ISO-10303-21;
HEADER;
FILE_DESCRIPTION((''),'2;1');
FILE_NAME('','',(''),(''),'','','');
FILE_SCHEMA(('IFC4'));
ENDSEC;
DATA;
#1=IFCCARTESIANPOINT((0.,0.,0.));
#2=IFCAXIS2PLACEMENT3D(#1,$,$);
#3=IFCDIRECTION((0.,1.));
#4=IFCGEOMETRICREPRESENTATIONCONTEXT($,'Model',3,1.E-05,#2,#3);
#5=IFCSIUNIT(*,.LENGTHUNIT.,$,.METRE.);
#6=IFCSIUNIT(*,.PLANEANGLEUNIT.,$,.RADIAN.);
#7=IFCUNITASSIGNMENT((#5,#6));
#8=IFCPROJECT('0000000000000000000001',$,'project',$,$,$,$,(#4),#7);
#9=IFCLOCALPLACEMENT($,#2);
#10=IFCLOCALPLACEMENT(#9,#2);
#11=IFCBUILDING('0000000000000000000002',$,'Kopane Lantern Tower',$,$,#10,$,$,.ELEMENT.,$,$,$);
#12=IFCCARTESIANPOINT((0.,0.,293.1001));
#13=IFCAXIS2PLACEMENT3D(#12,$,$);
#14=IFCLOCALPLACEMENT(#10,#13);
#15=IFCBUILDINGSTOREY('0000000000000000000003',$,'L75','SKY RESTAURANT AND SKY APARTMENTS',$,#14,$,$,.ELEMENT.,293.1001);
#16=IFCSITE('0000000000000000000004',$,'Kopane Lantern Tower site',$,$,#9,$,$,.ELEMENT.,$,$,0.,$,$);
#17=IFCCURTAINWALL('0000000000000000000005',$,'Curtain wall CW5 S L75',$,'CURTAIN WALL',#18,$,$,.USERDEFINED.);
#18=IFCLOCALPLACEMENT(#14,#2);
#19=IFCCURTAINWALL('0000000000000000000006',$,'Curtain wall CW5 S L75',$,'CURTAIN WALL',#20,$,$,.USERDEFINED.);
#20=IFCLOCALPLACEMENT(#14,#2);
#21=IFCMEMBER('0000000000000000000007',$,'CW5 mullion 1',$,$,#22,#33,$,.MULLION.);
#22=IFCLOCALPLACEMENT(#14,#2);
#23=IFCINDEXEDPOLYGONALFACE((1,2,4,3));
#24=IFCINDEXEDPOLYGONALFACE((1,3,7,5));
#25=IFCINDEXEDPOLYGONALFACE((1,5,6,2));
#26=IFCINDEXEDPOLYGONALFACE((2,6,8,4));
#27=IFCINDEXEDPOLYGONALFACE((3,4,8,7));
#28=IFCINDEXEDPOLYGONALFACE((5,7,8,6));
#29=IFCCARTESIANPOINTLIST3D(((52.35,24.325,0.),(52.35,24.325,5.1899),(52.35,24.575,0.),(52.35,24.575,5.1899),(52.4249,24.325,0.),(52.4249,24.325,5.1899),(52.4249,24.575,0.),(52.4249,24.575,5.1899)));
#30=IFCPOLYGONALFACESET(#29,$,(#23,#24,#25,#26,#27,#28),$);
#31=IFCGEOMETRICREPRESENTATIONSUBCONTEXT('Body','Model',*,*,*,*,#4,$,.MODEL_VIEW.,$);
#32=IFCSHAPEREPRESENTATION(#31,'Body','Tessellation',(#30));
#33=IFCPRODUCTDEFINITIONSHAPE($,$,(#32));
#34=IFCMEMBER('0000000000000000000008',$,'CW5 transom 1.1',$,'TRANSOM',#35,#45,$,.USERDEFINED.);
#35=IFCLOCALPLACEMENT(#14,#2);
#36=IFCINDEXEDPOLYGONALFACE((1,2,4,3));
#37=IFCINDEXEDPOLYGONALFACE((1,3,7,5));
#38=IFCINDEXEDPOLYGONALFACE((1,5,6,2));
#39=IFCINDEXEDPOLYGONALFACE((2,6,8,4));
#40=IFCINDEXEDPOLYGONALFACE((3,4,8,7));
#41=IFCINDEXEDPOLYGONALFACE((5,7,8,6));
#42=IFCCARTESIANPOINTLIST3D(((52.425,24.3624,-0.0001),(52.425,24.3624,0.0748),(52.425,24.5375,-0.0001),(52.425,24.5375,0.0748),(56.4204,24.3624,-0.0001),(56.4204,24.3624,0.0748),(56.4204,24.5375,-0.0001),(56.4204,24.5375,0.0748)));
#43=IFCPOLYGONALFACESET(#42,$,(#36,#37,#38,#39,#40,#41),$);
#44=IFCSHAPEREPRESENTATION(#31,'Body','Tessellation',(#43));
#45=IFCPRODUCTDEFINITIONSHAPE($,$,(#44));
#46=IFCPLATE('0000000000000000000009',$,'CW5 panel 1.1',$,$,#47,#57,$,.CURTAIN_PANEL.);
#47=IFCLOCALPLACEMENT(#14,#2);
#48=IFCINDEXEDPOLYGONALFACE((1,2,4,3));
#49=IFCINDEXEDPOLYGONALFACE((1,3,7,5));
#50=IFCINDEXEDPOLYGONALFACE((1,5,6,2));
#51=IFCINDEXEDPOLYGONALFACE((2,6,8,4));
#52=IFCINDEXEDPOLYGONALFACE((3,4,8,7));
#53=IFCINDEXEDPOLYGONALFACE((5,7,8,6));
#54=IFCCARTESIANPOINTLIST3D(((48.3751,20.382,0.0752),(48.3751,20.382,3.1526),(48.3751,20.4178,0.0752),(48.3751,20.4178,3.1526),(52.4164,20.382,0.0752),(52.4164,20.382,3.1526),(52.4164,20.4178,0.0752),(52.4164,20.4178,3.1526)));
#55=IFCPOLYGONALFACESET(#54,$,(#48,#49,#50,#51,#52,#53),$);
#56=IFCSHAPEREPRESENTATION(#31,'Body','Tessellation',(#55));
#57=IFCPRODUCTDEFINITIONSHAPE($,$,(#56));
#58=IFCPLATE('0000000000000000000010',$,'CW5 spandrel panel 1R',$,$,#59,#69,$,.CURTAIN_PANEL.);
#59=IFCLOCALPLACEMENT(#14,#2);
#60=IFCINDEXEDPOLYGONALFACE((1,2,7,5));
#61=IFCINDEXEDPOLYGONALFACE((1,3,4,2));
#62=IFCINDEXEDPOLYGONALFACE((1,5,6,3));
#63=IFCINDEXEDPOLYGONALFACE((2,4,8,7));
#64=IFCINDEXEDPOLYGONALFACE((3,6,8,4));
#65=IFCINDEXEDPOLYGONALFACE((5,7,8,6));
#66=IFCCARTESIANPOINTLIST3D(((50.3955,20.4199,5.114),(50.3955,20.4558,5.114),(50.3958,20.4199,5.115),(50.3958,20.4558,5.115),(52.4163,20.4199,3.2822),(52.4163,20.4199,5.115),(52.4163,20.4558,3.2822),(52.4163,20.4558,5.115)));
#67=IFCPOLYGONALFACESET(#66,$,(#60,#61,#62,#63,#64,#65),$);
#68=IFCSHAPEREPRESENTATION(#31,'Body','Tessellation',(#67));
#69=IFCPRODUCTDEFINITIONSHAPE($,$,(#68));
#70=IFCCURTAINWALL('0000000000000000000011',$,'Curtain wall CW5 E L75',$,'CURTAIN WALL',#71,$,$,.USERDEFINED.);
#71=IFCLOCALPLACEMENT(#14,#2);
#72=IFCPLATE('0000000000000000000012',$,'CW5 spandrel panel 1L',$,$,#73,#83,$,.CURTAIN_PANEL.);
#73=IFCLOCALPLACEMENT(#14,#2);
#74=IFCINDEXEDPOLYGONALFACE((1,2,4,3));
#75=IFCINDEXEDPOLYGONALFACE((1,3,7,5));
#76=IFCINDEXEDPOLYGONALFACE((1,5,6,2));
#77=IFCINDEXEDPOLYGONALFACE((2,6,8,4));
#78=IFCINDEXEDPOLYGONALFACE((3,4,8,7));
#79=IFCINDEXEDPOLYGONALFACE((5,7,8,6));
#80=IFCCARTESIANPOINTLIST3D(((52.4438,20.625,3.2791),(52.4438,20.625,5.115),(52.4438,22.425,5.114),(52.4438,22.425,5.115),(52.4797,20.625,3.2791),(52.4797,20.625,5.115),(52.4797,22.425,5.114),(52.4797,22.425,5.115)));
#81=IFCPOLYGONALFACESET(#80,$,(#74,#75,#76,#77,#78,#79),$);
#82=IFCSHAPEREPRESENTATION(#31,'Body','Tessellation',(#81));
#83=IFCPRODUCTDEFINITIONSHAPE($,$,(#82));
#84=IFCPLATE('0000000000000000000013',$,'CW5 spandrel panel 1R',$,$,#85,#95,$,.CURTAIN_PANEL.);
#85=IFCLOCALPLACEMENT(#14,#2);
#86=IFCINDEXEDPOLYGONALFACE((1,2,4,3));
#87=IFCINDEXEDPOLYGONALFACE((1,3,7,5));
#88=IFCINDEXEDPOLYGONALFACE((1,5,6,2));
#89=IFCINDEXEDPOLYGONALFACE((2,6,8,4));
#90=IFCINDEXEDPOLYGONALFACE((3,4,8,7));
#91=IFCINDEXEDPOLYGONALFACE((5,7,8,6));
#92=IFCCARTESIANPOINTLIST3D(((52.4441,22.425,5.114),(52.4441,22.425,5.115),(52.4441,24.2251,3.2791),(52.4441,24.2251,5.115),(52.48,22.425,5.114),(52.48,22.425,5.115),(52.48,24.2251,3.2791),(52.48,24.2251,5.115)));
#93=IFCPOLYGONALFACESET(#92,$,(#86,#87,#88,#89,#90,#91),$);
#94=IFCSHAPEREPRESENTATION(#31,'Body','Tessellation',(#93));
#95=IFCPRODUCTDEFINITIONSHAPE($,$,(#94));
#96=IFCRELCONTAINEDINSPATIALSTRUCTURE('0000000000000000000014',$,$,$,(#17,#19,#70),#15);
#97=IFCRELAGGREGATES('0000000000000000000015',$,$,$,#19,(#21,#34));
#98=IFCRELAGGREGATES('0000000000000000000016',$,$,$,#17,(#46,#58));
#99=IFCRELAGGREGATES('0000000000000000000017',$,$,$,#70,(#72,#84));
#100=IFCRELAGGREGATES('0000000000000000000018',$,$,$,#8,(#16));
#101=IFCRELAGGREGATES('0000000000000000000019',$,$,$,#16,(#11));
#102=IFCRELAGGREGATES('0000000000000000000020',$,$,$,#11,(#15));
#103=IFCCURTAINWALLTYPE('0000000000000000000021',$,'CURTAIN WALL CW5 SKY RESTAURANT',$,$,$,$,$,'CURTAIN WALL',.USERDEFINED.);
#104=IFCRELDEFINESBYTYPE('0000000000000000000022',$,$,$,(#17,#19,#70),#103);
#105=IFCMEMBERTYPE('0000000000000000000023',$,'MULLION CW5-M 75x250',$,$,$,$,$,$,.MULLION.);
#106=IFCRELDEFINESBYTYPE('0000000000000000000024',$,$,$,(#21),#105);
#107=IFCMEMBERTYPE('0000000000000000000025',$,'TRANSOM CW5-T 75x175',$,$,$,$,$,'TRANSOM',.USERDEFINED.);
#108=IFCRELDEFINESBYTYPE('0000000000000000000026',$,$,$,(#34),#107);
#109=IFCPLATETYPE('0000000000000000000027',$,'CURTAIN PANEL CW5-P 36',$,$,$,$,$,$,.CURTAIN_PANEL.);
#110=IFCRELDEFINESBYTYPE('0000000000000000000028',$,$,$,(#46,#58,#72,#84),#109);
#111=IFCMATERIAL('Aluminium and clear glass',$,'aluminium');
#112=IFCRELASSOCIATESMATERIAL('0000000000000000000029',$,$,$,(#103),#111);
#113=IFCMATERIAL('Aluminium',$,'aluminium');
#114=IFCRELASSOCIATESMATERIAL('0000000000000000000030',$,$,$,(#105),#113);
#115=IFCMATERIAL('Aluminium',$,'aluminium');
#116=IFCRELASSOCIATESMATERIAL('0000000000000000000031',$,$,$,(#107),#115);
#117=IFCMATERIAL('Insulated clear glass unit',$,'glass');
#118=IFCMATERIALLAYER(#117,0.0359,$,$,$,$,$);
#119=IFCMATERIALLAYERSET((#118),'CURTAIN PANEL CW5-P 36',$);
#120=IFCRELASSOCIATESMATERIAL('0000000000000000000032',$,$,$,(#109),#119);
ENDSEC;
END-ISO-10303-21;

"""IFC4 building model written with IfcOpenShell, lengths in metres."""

from ifc_helpers import new_model, si_unit, direction, frame, origin, origin_2d, place, context, subcontext, project, spatial, polyline, rectangle, outline, extrude, material, layer, layer_set, material_profile, profile_set, type_object, element, aggregate, save


model = new_model("IFC4")

# Units and contexts
model_context = context("Model", 3, precision=1e-05, world=origin(), true_north=direction((0.0, 1.0)))
body_context = subcontext(model_context, "Body", "Model", "MODEL_VIEW")
ifc_project = project(units=[si_unit("LENGTHUNIT", "METRE"), si_unit("PLANEANGLEUNIT", "RADIAN")], contexts=[model_context])

# Site, building, storey
site_placement = place(None, origin())
site = spatial("IfcSite", under=ifc_project, at=site_placement, Name="Kopane Lantern Tower site", CompositionType="ELEMENT", RefElevation=0.0)
building_placement = place(site_placement, origin())
building = spatial("IfcBuilding", under=site, at=building_placement, Name="Kopane Lantern Tower", CompositionType="ELEMENT")
storey_placement = place(building_placement, frame((0.0, 0.0, 293.1001)))
storey = spatial("IfcBuildingStorey", under=building, at=storey_placement, Name="L75", Description="SKY RESTAURANT AND SKY APARTMENTS", CompositionType="ELEMENT", Elevation=293.1001)

# Curtain walls, members
ifc_material_1 = material(Name="Aluminium and clear glass", Category="aluminium")
curtain_wall_type = type_object("IfcCurtainWallType", Name="CURTAIN WALL CW5 SKY RESTAURANT", ElementType="CURTAIN WALL", PredefinedType="USERDEFINED", material=ifc_material_1)
curtain_wall_1_placement = place(storey_placement, origin())
curtain_wall_1 = element("IfcCurtainWall", 1, at=curtain_wall_1_placement, inside=storey, type_object=curtain_wall_type, Name="Curtain wall CW5 S L75", ObjectType="CURTAIN WALL", PredefinedType="USERDEFINED")
ifc_material_2 = material(Name="Aluminium", Category="aluminium")
ifc_material_profile_1 = material_profile(ifc_material_2, rectangle(XDim=0.075, YDim=0.25, at=origin_2d()), Name="AL 75x250")
ifc_profile_set_1 = profile_set([ifc_material_profile_1], Name="Aluminium")
member_type_1 = type_object("IfcMemberType", Name="MULLION CW5-M 75x250", PredefinedType="MULLION", material=ifc_profile_set_1)
curtain_wall_2_placement = place(storey_placement, origin())
curtain_wall_2 = element("IfcCurtainWall", 2, at=curtain_wall_2_placement, inside=storey, type_object=curtain_wall_type, Name="Curtain wall CW5 S L75", ObjectType="CURTAIN WALL", PredefinedType="USERDEFINED")
member_1_placement = place(storey_placement, frame((52.3875, 24.45, 0.0), z_axis=(0.0, 0.0, 1.0), x_axis=(1.0, 0.0, 0.0)))
member_1 = element("IfcMember", 3, at=member_1_placement, type_object=member_type_1, Name="CW5 mullion 1", PredefinedType="MULLION", context=body_context, shape_type="SweptSolid", body=[
    extrude(rectangle(XDim=0.075, YDim=0.25, at=origin_2d()), origin(), (0.0, 0.0, 1.0), 5.1899),
])
ifc_material_3 = material(Name="Aluminium", Category="aluminium")
ifc_material_profile_2 = material_profile(ifc_material_3, rectangle(XDim=0.175, YDim=0.075, at=origin_2d()), Name="AL 175x75")
ifc_profile_set_2 = profile_set([ifc_material_profile_2], Name="Aluminium")
member_type_2 = type_object("IfcMemberType", Name="TRANSOM CW5-T 75x175", ElementType="TRANSOM", PredefinedType="USERDEFINED", material=ifc_profile_set_2)
member_2_placement = place(storey_placement, frame((52.425, 24.45, 0.0374), z_axis=(1.0, 0.0, 0.0), x_axis=(0.0, 1.0, 0.0)))
member_2 = element("IfcMember", 4, at=member_2_placement, type_object=member_type_2, Name="CW5 transom 1.1", ObjectType="TRANSOM", PredefinedType="USERDEFINED", context=body_context, shape_type="SweptSolid", body=[
    extrude(rectangle(XDim=0.175, YDim=0.075, at=origin_2d()), origin(), (0.0, 0.0, 1.0), 3.9954),
])
aggregate(curtain_wall_2, [member_1, member_2])

# Plates
ifc_material_4 = material(Name="Insulated clear glass unit", Category="glass")
ifc_layer_1 = layer(ifc_material_4, 0.0359)
ifc_layer_set_1 = layer_set([ifc_layer_1], Name="CURTAIN PANEL CW5-P 36")
plate_type = type_object("IfcPlateType", Name="CURTAIN PANEL CW5-P 36", PredefinedType="CURTAIN_PANEL", material=ifc_layer_set_1)
plate_1_placement = place(storey_placement, frame((50.3958, 20.3999, 0.0752), z_axis=(0.0, 0.0, 1.0), x_axis=(1.0, 0.0, 0.0)))
plate_1 = element("IfcPlate", 5, at=plate_1_placement, type_object=plate_type, Name="CW5 panel 1.1", PredefinedType="CURTAIN_PANEL", context=body_context, shape_type="SweptSolid", body=[
    extrude(rectangle(XDim=4.0413, YDim=0.0359, at=origin_2d()), origin(), (0.0, 0.0, 1.0), 3.0774),
])
plate_2_placement = place(storey_placement, frame((52.4163, 20.438, 5.115), z_axis=(0.0, 0.0, 1.0), x_axis=(-1.0, 0.0, 0.0)))
plate_2 = element("IfcPlate", 6, at=plate_2_placement, type_object=plate_type, Name="CW5 spandrel panel 1R", PredefinedType="CURTAIN_PANEL", context=body_context, shape_type="SweptSolid", body=[
    extrude(outline(polyline([(0.0, 0.0), (2.0205, 0.0), (2.0208, -0.001), (0.0, -1.8328), (0.0, 0.0)])), frame((0.0, 0.0181, 0.0), z_axis=(0.0, -1.0, 0.0), x_axis=(1.0, 0.0, 0.0)), (0.0, 0.0, 1.0), 0.0359),
])
aggregate(curtain_wall_1, [plate_1, plate_2])

# Curtain wall, plates
curtain_wall_3_placement = place(storey_placement, origin())
curtain_wall_3 = element("IfcCurtainWall", 7, at=curtain_wall_3_placement, inside=storey, type_object=curtain_wall_type, Name="Curtain wall CW5 E L75", ObjectType="CURTAIN WALL", PredefinedType="USERDEFINED")
plate_3_placement = place(storey_placement, frame((52.4619, 20.625, 5.115), z_axis=(0.0, 0.0, 1.0), x_axis=(0.0, 1.0, 0.0)))
plate_3 = element("IfcPlate", 8, at=plate_3_placement, type_object=plate_type, Name="CW5 spandrel panel 1L", PredefinedType="CURTAIN_PANEL", context=body_context, shape_type="SweptSolid", body=[
    extrude(outline(polyline([(0.0, 0.0), (1.8, 0.0), (1.8, -0.001), (0.0, -1.8359), (0.0, 0.0)])), frame((0.0, 0.0181, 0.0), z_axis=(0.0, -1.0, 0.0), x_axis=(1.0, 0.0, 0.0)), (0.0, 0.0, 1.0), 0.0359),
])
plate_4_placement = place(storey_placement, frame((52.4619, 24.2251, 5.115), z_axis=(0.0, 0.0, 1.0), x_axis=(0.0, -1.0, 0.0)))
plate_4 = element("IfcPlate", 9, at=plate_4_placement, type_object=plate_type, Name="CW5 spandrel panel 1R", PredefinedType="CURTAIN_PANEL", context=body_context, shape_type="SweptSolid", body=[
    extrude(outline(polyline([(0.0, 0.0), (1.8, 0.0), (1.8, -0.001), (0.0, -1.8359), (0.0, 0.0)])), frame((0.0, 0.0181, 0.0), z_axis=(0.0, -1.0, 0.0), x_axis=(1.0, 0.0, 0.0)), (0.0, 0.0, 1.0), 0.0359),
])
aggregate(curtain_wall_3, [plate_3, plate_4])

save(model, "model.ifc")
